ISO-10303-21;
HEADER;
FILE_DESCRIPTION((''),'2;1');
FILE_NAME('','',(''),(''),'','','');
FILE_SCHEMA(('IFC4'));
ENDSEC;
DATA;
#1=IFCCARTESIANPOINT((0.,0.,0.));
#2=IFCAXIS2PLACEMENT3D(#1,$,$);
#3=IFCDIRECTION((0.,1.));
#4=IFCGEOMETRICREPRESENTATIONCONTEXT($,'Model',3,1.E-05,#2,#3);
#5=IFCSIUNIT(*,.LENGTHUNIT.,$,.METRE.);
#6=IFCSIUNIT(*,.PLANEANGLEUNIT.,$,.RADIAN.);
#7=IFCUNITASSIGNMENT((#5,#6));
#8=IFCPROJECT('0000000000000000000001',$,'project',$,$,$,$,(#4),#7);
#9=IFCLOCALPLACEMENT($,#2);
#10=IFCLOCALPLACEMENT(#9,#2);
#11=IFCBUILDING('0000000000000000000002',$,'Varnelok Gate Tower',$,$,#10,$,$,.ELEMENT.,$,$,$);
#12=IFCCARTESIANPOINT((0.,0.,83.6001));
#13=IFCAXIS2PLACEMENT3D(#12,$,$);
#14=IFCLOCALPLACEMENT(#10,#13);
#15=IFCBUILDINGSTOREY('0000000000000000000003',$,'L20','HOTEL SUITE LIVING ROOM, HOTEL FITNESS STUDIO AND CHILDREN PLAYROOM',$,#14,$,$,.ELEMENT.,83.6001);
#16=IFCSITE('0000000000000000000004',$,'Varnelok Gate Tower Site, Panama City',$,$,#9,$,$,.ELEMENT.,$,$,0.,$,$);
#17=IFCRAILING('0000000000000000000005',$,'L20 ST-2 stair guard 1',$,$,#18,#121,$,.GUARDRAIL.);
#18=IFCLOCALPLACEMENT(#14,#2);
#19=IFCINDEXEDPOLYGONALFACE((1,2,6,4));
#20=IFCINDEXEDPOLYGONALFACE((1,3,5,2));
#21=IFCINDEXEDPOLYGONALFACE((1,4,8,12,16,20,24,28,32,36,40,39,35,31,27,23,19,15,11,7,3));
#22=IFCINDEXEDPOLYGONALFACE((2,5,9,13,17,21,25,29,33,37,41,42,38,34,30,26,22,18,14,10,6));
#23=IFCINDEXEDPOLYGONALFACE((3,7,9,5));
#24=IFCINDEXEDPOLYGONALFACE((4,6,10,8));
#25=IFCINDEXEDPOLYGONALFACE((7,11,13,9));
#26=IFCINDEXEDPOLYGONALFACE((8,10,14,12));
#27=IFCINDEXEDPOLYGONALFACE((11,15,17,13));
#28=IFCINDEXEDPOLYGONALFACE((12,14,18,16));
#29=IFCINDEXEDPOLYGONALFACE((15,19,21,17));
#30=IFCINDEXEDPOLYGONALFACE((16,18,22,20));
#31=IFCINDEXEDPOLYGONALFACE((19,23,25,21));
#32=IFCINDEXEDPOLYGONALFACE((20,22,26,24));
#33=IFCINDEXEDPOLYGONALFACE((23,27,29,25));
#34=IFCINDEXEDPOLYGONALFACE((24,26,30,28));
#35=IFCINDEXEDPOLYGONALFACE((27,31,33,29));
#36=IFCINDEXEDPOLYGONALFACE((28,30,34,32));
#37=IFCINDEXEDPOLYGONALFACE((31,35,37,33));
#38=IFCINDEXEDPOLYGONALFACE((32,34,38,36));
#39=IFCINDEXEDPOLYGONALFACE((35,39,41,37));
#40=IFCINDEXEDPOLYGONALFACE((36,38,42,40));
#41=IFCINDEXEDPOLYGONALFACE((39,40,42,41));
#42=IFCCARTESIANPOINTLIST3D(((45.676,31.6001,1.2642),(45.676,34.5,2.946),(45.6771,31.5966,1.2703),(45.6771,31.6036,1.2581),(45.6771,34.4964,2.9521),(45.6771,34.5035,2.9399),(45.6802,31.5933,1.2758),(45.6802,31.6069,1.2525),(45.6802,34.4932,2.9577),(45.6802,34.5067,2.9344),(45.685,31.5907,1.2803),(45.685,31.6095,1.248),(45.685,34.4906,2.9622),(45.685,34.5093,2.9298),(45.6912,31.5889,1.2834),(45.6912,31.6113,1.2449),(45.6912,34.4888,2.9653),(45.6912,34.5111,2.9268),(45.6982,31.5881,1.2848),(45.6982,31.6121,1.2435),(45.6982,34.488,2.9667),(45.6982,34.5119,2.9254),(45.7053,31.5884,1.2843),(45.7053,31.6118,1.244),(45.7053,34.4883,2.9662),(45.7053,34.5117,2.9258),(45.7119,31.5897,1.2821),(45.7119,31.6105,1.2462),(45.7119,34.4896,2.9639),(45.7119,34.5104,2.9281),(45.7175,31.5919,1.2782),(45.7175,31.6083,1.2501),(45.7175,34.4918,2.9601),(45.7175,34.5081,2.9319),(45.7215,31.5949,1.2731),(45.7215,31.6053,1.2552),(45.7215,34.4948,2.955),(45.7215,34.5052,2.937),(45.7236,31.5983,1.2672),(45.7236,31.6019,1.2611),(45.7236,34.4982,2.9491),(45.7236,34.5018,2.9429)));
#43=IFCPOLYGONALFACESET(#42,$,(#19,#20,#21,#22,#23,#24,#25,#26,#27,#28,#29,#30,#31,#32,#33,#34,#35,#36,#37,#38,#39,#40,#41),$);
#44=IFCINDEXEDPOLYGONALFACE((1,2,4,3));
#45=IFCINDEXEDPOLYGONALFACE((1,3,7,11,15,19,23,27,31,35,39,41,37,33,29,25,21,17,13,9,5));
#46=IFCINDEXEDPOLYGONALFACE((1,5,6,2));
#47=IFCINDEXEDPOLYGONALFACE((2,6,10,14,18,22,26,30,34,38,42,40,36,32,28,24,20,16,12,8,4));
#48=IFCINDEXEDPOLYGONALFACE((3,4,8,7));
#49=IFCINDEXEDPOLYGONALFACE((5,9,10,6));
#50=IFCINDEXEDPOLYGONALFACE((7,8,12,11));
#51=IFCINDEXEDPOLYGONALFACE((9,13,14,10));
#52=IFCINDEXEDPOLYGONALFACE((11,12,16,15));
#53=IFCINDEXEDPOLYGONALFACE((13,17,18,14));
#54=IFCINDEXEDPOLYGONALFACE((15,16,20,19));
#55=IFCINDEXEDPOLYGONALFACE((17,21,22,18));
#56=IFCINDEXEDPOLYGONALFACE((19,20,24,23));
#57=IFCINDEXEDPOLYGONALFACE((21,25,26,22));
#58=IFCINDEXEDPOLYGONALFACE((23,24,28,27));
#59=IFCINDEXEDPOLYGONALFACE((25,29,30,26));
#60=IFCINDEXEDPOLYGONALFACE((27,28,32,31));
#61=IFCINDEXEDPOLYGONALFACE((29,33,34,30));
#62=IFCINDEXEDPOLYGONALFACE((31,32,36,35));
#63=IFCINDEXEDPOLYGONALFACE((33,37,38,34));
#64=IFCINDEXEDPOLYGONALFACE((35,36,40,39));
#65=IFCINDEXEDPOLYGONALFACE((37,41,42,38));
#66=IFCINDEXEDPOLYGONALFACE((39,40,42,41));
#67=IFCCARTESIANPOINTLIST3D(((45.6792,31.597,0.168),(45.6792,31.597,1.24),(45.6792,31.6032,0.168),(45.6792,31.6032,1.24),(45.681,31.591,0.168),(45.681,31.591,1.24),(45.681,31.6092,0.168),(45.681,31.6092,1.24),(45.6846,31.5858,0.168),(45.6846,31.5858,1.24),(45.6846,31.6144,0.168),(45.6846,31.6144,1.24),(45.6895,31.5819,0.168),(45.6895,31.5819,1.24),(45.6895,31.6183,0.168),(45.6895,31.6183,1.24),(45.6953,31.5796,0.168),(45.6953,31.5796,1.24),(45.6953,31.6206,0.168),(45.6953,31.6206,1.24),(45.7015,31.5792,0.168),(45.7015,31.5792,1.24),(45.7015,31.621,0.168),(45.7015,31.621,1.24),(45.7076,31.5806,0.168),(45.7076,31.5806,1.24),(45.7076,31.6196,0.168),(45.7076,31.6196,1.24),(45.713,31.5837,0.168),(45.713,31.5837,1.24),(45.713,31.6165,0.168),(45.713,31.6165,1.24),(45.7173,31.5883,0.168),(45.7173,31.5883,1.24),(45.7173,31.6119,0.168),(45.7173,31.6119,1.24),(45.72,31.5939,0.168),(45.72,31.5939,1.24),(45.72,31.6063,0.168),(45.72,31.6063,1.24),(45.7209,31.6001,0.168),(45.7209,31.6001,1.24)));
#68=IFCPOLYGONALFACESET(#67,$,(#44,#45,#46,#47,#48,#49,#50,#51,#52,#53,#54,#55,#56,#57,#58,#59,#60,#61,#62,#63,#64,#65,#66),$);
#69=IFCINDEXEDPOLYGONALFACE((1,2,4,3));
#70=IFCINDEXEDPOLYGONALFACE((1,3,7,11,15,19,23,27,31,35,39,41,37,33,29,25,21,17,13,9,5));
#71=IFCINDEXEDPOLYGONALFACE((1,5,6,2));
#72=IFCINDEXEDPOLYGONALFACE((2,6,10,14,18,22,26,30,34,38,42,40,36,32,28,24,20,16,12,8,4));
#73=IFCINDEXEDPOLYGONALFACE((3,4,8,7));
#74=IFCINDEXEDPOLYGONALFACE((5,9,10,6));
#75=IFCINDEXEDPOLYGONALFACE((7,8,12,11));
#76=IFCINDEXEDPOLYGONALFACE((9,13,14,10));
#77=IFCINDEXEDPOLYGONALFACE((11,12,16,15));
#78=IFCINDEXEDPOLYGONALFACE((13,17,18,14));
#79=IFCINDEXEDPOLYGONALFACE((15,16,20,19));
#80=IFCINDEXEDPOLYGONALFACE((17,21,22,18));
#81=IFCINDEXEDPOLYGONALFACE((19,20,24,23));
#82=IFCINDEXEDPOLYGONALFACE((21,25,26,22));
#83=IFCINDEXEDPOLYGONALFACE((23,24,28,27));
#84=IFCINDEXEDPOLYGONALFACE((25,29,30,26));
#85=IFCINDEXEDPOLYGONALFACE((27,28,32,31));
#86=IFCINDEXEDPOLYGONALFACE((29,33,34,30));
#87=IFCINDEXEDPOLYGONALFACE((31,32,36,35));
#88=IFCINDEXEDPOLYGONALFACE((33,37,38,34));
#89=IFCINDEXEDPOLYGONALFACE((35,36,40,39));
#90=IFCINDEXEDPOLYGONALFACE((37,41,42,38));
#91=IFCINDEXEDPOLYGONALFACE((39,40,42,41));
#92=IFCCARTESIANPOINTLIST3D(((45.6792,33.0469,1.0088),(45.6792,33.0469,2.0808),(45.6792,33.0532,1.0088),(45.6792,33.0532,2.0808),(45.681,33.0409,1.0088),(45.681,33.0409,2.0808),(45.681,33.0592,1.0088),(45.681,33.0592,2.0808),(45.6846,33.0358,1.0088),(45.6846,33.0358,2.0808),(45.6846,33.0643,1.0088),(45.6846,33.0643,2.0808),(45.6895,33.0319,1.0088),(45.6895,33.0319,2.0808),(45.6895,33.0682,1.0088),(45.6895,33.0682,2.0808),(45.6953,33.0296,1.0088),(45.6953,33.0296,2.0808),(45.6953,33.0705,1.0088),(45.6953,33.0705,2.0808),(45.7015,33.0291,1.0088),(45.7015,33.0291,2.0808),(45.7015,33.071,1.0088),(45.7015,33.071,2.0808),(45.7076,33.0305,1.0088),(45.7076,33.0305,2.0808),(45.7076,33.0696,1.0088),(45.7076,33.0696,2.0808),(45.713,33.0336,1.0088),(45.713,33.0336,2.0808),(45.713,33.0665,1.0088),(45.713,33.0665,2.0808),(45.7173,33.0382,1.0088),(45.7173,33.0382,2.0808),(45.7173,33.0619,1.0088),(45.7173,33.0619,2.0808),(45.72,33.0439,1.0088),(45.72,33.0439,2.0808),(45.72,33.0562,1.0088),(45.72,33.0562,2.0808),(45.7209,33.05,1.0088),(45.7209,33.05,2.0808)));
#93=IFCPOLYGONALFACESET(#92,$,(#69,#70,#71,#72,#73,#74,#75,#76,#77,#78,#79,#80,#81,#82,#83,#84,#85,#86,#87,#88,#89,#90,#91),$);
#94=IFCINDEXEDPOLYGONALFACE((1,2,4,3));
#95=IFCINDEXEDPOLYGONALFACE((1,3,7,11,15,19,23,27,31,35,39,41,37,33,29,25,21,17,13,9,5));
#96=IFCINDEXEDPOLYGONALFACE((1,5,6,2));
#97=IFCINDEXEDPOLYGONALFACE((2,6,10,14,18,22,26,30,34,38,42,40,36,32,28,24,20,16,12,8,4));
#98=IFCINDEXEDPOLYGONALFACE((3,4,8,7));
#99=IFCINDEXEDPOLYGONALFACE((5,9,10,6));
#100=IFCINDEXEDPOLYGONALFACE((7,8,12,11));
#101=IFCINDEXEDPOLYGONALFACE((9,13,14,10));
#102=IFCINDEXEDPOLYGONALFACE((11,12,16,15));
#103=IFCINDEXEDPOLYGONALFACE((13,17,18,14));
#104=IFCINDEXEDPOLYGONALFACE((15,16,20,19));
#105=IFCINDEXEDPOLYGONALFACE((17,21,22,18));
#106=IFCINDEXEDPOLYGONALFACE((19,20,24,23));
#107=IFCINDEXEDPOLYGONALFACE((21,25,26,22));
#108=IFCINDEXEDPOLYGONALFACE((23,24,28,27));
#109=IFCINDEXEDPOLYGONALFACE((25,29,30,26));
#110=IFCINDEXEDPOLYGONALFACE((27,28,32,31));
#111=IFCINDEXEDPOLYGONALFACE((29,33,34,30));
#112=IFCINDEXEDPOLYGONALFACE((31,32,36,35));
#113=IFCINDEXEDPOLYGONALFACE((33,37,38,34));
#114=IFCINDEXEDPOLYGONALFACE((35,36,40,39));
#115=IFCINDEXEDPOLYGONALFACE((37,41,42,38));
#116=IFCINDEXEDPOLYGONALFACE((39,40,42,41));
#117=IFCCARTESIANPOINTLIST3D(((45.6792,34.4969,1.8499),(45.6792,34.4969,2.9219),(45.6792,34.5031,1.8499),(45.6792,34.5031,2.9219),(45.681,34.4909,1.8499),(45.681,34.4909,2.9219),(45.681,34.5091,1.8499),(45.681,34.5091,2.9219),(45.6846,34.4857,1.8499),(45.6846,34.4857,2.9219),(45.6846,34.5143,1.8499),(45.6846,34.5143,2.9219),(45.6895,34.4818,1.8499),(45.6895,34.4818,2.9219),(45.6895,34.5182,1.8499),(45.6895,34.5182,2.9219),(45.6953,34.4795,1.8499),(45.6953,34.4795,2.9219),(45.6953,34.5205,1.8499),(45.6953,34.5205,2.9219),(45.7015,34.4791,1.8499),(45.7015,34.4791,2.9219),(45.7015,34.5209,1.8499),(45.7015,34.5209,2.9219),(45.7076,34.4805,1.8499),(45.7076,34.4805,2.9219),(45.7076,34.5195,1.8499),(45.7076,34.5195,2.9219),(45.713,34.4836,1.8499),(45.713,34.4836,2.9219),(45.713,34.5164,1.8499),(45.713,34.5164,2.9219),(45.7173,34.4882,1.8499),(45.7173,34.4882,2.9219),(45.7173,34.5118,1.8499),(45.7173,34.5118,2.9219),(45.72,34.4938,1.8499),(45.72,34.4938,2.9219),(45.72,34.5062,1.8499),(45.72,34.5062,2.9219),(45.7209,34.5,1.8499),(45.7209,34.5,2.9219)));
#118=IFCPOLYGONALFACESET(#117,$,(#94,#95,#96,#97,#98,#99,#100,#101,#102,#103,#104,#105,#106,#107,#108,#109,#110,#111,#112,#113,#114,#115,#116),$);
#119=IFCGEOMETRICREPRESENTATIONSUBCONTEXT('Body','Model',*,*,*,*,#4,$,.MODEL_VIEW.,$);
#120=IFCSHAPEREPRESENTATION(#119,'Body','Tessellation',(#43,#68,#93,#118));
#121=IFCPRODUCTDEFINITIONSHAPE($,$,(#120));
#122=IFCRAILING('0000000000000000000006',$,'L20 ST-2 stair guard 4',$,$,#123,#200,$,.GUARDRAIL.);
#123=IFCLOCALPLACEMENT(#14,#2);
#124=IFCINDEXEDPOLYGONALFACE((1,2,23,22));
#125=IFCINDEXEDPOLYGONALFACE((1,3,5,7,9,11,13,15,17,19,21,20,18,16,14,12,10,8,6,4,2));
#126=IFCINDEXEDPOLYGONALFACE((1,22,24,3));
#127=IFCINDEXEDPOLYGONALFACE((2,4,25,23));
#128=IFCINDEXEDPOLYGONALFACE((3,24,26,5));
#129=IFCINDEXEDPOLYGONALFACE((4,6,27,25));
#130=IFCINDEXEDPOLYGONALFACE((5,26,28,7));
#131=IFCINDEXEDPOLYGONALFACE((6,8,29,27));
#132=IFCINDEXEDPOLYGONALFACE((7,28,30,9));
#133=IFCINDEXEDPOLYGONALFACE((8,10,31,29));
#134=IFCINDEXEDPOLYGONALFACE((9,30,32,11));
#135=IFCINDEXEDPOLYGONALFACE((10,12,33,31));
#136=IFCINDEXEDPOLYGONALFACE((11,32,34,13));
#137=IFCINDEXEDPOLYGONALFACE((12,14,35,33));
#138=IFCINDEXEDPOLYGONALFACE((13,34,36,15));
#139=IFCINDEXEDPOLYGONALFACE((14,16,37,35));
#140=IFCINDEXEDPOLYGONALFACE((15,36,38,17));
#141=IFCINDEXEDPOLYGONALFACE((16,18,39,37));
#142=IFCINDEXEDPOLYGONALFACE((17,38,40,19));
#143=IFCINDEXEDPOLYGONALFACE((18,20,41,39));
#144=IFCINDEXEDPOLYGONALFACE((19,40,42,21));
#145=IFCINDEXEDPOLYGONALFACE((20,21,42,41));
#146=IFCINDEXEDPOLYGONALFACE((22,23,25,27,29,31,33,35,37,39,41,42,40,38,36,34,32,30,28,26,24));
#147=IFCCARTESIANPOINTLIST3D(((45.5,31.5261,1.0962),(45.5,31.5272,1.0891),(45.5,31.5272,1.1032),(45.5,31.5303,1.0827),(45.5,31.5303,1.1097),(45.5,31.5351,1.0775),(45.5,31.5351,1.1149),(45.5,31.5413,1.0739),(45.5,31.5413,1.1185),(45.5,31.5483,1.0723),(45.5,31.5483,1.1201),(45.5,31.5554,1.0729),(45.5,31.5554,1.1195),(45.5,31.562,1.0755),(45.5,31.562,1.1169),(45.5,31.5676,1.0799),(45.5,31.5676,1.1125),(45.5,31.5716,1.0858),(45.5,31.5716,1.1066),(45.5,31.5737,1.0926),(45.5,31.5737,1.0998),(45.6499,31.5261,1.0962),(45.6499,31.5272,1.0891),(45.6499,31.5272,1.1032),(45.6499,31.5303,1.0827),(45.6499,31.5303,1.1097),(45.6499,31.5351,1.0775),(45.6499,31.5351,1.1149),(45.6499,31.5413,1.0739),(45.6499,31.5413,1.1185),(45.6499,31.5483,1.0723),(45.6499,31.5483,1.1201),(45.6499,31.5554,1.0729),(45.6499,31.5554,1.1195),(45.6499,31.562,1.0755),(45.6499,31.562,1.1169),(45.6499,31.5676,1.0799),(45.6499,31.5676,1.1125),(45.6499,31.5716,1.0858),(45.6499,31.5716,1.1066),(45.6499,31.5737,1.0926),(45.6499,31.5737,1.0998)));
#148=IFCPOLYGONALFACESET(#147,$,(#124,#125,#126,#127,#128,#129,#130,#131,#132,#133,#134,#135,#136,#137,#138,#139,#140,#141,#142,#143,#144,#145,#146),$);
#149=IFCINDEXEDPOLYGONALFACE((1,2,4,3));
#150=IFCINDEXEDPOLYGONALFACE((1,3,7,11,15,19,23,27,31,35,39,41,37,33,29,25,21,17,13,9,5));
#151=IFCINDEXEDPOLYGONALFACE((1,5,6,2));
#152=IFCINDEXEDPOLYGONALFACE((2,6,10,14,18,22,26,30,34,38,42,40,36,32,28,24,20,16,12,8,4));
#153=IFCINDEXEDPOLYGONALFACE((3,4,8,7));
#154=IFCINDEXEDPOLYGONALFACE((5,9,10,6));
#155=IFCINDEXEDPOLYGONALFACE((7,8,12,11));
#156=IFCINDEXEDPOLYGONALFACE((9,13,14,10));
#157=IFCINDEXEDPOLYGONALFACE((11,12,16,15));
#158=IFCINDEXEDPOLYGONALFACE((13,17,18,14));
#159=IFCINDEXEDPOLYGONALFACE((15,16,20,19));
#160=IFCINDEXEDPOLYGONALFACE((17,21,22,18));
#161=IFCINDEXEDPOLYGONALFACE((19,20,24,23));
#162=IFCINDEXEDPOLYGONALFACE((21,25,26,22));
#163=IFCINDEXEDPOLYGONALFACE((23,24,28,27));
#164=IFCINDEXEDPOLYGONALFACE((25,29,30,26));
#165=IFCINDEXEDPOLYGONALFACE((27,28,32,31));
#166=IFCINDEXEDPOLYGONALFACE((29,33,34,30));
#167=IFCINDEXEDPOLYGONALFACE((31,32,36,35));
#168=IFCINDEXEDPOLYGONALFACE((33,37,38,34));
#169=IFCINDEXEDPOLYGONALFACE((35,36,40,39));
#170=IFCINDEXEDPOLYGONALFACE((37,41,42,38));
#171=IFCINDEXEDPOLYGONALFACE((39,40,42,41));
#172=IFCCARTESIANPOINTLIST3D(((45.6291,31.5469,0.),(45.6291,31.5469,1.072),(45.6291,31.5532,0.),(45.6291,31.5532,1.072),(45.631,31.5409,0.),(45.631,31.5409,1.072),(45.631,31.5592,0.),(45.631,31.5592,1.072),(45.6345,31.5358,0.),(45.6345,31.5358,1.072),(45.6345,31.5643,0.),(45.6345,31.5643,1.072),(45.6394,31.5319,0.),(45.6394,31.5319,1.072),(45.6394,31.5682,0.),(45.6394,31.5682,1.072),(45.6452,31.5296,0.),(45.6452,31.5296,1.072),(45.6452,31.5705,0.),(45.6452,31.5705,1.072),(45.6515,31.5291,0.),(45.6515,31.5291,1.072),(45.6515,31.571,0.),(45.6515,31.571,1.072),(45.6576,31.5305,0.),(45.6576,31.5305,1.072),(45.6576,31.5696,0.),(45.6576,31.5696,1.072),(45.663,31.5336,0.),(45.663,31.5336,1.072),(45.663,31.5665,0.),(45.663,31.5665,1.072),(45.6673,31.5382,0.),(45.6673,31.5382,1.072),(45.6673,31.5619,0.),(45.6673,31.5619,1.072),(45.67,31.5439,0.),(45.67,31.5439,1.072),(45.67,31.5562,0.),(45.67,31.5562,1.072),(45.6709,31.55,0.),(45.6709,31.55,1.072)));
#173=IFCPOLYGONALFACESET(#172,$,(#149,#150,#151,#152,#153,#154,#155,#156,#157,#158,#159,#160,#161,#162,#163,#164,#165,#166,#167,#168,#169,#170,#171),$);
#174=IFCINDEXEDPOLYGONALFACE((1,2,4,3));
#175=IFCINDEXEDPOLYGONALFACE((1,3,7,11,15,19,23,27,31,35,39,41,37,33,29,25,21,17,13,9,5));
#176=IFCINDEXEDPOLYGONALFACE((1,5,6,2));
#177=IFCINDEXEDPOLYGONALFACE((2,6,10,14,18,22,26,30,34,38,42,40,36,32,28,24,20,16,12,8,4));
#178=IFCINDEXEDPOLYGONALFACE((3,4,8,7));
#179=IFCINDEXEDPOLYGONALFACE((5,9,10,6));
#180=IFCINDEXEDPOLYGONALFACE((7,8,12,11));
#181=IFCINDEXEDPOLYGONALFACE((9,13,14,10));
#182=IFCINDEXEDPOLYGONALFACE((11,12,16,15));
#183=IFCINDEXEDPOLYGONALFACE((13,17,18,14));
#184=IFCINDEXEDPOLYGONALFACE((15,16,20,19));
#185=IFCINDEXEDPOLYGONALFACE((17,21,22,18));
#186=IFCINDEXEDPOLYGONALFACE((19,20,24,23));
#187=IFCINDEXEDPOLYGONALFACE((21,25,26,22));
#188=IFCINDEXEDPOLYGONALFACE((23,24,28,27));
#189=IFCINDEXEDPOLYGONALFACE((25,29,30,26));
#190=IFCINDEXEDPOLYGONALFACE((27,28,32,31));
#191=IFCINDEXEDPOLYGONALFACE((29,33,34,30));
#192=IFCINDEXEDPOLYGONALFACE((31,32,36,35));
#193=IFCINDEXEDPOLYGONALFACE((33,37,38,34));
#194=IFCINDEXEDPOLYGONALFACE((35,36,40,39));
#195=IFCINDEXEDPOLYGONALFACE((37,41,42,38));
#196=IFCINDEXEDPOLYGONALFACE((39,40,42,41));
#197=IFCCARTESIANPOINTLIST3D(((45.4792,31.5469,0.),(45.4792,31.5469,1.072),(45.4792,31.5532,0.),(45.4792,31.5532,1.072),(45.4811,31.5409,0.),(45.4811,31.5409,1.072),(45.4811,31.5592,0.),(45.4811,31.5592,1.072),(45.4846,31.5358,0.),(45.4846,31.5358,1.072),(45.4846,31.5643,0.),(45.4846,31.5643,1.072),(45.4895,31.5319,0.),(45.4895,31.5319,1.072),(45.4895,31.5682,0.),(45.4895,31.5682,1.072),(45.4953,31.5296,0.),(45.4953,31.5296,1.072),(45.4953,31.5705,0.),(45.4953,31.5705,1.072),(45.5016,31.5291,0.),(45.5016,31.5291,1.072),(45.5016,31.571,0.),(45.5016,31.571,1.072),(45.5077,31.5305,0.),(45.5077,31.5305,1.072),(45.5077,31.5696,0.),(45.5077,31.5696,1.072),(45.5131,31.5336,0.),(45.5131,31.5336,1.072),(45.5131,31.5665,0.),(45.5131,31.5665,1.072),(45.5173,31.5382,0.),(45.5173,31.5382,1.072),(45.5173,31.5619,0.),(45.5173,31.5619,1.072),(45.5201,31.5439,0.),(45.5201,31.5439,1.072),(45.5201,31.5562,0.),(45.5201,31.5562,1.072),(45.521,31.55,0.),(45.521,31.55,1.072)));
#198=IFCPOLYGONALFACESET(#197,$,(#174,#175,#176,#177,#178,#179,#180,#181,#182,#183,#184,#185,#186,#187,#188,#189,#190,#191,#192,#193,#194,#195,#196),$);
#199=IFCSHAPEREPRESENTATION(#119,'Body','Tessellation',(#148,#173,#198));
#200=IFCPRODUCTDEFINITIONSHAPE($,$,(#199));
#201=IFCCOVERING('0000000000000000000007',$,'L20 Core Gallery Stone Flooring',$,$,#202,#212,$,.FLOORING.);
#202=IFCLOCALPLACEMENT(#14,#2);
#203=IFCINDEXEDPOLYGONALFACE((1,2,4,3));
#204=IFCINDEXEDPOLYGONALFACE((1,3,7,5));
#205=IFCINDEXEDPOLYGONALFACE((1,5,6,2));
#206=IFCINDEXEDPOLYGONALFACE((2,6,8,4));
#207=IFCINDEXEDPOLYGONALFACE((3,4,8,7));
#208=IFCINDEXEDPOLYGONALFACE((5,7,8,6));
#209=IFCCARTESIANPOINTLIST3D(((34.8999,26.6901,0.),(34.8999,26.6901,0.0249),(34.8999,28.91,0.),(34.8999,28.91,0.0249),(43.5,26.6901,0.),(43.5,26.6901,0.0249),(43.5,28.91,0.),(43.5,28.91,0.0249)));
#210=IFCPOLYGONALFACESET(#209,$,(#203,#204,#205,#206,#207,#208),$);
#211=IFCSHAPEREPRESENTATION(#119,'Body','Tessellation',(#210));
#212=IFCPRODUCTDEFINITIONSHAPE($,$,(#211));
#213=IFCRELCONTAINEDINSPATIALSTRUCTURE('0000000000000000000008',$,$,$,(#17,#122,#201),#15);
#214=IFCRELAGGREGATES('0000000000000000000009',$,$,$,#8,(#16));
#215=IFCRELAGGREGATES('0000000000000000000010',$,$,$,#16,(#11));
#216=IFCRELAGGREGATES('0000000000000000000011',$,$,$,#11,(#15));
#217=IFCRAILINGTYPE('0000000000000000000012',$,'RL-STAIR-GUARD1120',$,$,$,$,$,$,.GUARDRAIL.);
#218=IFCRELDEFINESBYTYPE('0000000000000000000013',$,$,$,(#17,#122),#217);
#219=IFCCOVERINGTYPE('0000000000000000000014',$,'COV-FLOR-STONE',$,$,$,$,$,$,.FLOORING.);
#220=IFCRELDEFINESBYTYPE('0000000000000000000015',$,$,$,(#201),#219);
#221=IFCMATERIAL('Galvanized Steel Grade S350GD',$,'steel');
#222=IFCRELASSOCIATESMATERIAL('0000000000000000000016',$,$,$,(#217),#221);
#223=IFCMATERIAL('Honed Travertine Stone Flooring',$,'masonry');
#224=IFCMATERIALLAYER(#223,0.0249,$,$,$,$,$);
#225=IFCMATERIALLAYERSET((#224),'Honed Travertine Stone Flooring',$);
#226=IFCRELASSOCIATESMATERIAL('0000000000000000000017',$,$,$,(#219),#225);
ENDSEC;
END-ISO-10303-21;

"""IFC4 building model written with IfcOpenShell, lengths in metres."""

from ifc_helpers import new_model, si_unit, direction, frame, origin, origin_2d, place, context, subcontext, project, spatial, rectangle, circle, extrude, source, transform, mapped, material, layer, layer_set, type_object, element, save


model = new_model("IFC4")

# Units and contexts
model_context = context("Model", 3, precision=1e-05, world=origin(), true_north=direction((0.0, 1.0)))
body_context = subcontext(model_context, "Body", "Model", "MODEL_VIEW")
ifc_project = project(units=[si_unit("LENGTHUNIT", "METRE"), si_unit("PLANEANGLEUNIT", "RADIAN")], contexts=[model_context])

# Site, building, storey
site_placement = place(None, origin())
site = spatial("IfcSite", under=ifc_project, at=site_placement, Name="Varnelok Gate Tower Site, Panama City", CompositionType="ELEMENT", RefElevation=0.0)
building_placement = place(site_placement, origin())
building = spatial("IfcBuilding", under=site, at=building_placement, Name="Varnelok Gate Tower", CompositionType="ELEMENT")
storey_placement = place(building_placement, frame((0.0, 0.0, 83.6001)))
storey = spatial("IfcBuildingStorey", under=building, at=storey_placement, Name="L20", Description="HOTEL SUITE LIVING ROOM, HOTEL FITNESS STUDIO AND CHILDREN PLAYROOM", CompositionType="ELEMENT", Elevation=83.6001)

# Shared definitions
ifc_material_1 = material(Name="Galvanized Steel Grade S350GD", Category="steel")

# Railings
railing_type_1 = type_object("IfcRailingType", Name="RL-STAIR-GUARD1120", PredefinedType="GUARDRAIL", material=ifc_material_1)
railing_1_placement = place(storey_placement, frame((45.7, 31.6001, 0.168)))
element("IfcRailing", 1, at=railing_1_placement, inside=storey, type_object=railing_type_1, Name="L20 ST-2 stair guard 1", PredefinedType="GUARDRAIL", context=body_context, shape_type="SweptSolid", body=[
    extrude(circle(Radius=0.0239, at=origin_2d()), frame((0.0, 0.0, 1.0962), z_axis=(0.0, 0.865039, 0.501705), x_axis=(-1.0, 0.0, 0.0)), (0.0, 0.0, 1.0), 3.3523),
    extrude(circle(Radius=0.021, at=origin_2d()), origin(), (0.0, 0.0, 1.0), 1.072),
    extrude(circle(Radius=0.021, at=origin_2d()), frame((0.0, 1.45, 0.8408)), (0.0, 0.0, 1.0), 1.072),
    extrude(circle(Radius=0.021, at=origin_2d()), frame((0.0, 2.8999, 1.6819)), (0.0, 0.0, 1.0), 1.072),
])
railing_2_placement = place(storey_placement, frame((45.6499, 31.55, 0.0)))
element("IfcRailing", 2, at=railing_2_placement, inside=storey, type_object=railing_type_1, Name="L20 ST-2 stair guard 4", PredefinedType="GUARDRAIL", context=body_context, shape_type="SweptSolid", body=[
    extrude(circle(Radius=0.0239, at=origin_2d()), frame((0.0, 0.0, 1.0962), z_axis=(-1.0, 0.0, 0.0), x_axis=(0.0, -1.0, 0.0)), (0.0, 0.0, 1.0), 0.1499),
    extrude(circle(Radius=0.021, at=origin_2d()), origin(), (0.0, 0.0, 1.0), 1.072),
    extrude(circle(Radius=0.021, at=origin_2d()), frame((-0.1499, 0.0, 0.0)), (0.0, 0.0, 1.0), 1.072),
])

# Covering
ifc_material_2 = material(Name="Honed Travertine Stone Flooring", Category="masonry")
ifc_layer_1 = layer(ifc_material_2, 0.0249)
ifc_layer_set_1 = layer_set([ifc_layer_1], Name="Honed Travertine Stone Flooring")
covering_type_1 = type_object("IfcCoveringType", Name="COV-FLOR-STONE", PredefinedType="FLOORING", material=ifc_layer_set_1)
shared_shape_1 = source(origin(), body_context, "Body", "SweptSolid", [
    extrude(rectangle(XDim=8.6001, YDim=2.22, at=origin_2d()), origin(), (0.0, 0.0, 1.0), 0.0249),
])
covering_1_placement = place(storey_placement, frame((39.2, 27.8, 0.0), z_axis=(0.0, 0.0, 1.0), x_axis=(1.0, 0.0, 0.0)))
element("IfcCovering", 3, at=covering_1_placement, inside=storey, type_object=covering_type_1, Name="L20 Core Gallery Stone Flooring", PredefinedType="FLOORING", context=body_context, shape_type="MappedRepresentation", body=[
    mapped(shared_shape_1, transform((0.0, 0.0, 0.0), scale=1.0)),
])

save(model, "model.ifc")
